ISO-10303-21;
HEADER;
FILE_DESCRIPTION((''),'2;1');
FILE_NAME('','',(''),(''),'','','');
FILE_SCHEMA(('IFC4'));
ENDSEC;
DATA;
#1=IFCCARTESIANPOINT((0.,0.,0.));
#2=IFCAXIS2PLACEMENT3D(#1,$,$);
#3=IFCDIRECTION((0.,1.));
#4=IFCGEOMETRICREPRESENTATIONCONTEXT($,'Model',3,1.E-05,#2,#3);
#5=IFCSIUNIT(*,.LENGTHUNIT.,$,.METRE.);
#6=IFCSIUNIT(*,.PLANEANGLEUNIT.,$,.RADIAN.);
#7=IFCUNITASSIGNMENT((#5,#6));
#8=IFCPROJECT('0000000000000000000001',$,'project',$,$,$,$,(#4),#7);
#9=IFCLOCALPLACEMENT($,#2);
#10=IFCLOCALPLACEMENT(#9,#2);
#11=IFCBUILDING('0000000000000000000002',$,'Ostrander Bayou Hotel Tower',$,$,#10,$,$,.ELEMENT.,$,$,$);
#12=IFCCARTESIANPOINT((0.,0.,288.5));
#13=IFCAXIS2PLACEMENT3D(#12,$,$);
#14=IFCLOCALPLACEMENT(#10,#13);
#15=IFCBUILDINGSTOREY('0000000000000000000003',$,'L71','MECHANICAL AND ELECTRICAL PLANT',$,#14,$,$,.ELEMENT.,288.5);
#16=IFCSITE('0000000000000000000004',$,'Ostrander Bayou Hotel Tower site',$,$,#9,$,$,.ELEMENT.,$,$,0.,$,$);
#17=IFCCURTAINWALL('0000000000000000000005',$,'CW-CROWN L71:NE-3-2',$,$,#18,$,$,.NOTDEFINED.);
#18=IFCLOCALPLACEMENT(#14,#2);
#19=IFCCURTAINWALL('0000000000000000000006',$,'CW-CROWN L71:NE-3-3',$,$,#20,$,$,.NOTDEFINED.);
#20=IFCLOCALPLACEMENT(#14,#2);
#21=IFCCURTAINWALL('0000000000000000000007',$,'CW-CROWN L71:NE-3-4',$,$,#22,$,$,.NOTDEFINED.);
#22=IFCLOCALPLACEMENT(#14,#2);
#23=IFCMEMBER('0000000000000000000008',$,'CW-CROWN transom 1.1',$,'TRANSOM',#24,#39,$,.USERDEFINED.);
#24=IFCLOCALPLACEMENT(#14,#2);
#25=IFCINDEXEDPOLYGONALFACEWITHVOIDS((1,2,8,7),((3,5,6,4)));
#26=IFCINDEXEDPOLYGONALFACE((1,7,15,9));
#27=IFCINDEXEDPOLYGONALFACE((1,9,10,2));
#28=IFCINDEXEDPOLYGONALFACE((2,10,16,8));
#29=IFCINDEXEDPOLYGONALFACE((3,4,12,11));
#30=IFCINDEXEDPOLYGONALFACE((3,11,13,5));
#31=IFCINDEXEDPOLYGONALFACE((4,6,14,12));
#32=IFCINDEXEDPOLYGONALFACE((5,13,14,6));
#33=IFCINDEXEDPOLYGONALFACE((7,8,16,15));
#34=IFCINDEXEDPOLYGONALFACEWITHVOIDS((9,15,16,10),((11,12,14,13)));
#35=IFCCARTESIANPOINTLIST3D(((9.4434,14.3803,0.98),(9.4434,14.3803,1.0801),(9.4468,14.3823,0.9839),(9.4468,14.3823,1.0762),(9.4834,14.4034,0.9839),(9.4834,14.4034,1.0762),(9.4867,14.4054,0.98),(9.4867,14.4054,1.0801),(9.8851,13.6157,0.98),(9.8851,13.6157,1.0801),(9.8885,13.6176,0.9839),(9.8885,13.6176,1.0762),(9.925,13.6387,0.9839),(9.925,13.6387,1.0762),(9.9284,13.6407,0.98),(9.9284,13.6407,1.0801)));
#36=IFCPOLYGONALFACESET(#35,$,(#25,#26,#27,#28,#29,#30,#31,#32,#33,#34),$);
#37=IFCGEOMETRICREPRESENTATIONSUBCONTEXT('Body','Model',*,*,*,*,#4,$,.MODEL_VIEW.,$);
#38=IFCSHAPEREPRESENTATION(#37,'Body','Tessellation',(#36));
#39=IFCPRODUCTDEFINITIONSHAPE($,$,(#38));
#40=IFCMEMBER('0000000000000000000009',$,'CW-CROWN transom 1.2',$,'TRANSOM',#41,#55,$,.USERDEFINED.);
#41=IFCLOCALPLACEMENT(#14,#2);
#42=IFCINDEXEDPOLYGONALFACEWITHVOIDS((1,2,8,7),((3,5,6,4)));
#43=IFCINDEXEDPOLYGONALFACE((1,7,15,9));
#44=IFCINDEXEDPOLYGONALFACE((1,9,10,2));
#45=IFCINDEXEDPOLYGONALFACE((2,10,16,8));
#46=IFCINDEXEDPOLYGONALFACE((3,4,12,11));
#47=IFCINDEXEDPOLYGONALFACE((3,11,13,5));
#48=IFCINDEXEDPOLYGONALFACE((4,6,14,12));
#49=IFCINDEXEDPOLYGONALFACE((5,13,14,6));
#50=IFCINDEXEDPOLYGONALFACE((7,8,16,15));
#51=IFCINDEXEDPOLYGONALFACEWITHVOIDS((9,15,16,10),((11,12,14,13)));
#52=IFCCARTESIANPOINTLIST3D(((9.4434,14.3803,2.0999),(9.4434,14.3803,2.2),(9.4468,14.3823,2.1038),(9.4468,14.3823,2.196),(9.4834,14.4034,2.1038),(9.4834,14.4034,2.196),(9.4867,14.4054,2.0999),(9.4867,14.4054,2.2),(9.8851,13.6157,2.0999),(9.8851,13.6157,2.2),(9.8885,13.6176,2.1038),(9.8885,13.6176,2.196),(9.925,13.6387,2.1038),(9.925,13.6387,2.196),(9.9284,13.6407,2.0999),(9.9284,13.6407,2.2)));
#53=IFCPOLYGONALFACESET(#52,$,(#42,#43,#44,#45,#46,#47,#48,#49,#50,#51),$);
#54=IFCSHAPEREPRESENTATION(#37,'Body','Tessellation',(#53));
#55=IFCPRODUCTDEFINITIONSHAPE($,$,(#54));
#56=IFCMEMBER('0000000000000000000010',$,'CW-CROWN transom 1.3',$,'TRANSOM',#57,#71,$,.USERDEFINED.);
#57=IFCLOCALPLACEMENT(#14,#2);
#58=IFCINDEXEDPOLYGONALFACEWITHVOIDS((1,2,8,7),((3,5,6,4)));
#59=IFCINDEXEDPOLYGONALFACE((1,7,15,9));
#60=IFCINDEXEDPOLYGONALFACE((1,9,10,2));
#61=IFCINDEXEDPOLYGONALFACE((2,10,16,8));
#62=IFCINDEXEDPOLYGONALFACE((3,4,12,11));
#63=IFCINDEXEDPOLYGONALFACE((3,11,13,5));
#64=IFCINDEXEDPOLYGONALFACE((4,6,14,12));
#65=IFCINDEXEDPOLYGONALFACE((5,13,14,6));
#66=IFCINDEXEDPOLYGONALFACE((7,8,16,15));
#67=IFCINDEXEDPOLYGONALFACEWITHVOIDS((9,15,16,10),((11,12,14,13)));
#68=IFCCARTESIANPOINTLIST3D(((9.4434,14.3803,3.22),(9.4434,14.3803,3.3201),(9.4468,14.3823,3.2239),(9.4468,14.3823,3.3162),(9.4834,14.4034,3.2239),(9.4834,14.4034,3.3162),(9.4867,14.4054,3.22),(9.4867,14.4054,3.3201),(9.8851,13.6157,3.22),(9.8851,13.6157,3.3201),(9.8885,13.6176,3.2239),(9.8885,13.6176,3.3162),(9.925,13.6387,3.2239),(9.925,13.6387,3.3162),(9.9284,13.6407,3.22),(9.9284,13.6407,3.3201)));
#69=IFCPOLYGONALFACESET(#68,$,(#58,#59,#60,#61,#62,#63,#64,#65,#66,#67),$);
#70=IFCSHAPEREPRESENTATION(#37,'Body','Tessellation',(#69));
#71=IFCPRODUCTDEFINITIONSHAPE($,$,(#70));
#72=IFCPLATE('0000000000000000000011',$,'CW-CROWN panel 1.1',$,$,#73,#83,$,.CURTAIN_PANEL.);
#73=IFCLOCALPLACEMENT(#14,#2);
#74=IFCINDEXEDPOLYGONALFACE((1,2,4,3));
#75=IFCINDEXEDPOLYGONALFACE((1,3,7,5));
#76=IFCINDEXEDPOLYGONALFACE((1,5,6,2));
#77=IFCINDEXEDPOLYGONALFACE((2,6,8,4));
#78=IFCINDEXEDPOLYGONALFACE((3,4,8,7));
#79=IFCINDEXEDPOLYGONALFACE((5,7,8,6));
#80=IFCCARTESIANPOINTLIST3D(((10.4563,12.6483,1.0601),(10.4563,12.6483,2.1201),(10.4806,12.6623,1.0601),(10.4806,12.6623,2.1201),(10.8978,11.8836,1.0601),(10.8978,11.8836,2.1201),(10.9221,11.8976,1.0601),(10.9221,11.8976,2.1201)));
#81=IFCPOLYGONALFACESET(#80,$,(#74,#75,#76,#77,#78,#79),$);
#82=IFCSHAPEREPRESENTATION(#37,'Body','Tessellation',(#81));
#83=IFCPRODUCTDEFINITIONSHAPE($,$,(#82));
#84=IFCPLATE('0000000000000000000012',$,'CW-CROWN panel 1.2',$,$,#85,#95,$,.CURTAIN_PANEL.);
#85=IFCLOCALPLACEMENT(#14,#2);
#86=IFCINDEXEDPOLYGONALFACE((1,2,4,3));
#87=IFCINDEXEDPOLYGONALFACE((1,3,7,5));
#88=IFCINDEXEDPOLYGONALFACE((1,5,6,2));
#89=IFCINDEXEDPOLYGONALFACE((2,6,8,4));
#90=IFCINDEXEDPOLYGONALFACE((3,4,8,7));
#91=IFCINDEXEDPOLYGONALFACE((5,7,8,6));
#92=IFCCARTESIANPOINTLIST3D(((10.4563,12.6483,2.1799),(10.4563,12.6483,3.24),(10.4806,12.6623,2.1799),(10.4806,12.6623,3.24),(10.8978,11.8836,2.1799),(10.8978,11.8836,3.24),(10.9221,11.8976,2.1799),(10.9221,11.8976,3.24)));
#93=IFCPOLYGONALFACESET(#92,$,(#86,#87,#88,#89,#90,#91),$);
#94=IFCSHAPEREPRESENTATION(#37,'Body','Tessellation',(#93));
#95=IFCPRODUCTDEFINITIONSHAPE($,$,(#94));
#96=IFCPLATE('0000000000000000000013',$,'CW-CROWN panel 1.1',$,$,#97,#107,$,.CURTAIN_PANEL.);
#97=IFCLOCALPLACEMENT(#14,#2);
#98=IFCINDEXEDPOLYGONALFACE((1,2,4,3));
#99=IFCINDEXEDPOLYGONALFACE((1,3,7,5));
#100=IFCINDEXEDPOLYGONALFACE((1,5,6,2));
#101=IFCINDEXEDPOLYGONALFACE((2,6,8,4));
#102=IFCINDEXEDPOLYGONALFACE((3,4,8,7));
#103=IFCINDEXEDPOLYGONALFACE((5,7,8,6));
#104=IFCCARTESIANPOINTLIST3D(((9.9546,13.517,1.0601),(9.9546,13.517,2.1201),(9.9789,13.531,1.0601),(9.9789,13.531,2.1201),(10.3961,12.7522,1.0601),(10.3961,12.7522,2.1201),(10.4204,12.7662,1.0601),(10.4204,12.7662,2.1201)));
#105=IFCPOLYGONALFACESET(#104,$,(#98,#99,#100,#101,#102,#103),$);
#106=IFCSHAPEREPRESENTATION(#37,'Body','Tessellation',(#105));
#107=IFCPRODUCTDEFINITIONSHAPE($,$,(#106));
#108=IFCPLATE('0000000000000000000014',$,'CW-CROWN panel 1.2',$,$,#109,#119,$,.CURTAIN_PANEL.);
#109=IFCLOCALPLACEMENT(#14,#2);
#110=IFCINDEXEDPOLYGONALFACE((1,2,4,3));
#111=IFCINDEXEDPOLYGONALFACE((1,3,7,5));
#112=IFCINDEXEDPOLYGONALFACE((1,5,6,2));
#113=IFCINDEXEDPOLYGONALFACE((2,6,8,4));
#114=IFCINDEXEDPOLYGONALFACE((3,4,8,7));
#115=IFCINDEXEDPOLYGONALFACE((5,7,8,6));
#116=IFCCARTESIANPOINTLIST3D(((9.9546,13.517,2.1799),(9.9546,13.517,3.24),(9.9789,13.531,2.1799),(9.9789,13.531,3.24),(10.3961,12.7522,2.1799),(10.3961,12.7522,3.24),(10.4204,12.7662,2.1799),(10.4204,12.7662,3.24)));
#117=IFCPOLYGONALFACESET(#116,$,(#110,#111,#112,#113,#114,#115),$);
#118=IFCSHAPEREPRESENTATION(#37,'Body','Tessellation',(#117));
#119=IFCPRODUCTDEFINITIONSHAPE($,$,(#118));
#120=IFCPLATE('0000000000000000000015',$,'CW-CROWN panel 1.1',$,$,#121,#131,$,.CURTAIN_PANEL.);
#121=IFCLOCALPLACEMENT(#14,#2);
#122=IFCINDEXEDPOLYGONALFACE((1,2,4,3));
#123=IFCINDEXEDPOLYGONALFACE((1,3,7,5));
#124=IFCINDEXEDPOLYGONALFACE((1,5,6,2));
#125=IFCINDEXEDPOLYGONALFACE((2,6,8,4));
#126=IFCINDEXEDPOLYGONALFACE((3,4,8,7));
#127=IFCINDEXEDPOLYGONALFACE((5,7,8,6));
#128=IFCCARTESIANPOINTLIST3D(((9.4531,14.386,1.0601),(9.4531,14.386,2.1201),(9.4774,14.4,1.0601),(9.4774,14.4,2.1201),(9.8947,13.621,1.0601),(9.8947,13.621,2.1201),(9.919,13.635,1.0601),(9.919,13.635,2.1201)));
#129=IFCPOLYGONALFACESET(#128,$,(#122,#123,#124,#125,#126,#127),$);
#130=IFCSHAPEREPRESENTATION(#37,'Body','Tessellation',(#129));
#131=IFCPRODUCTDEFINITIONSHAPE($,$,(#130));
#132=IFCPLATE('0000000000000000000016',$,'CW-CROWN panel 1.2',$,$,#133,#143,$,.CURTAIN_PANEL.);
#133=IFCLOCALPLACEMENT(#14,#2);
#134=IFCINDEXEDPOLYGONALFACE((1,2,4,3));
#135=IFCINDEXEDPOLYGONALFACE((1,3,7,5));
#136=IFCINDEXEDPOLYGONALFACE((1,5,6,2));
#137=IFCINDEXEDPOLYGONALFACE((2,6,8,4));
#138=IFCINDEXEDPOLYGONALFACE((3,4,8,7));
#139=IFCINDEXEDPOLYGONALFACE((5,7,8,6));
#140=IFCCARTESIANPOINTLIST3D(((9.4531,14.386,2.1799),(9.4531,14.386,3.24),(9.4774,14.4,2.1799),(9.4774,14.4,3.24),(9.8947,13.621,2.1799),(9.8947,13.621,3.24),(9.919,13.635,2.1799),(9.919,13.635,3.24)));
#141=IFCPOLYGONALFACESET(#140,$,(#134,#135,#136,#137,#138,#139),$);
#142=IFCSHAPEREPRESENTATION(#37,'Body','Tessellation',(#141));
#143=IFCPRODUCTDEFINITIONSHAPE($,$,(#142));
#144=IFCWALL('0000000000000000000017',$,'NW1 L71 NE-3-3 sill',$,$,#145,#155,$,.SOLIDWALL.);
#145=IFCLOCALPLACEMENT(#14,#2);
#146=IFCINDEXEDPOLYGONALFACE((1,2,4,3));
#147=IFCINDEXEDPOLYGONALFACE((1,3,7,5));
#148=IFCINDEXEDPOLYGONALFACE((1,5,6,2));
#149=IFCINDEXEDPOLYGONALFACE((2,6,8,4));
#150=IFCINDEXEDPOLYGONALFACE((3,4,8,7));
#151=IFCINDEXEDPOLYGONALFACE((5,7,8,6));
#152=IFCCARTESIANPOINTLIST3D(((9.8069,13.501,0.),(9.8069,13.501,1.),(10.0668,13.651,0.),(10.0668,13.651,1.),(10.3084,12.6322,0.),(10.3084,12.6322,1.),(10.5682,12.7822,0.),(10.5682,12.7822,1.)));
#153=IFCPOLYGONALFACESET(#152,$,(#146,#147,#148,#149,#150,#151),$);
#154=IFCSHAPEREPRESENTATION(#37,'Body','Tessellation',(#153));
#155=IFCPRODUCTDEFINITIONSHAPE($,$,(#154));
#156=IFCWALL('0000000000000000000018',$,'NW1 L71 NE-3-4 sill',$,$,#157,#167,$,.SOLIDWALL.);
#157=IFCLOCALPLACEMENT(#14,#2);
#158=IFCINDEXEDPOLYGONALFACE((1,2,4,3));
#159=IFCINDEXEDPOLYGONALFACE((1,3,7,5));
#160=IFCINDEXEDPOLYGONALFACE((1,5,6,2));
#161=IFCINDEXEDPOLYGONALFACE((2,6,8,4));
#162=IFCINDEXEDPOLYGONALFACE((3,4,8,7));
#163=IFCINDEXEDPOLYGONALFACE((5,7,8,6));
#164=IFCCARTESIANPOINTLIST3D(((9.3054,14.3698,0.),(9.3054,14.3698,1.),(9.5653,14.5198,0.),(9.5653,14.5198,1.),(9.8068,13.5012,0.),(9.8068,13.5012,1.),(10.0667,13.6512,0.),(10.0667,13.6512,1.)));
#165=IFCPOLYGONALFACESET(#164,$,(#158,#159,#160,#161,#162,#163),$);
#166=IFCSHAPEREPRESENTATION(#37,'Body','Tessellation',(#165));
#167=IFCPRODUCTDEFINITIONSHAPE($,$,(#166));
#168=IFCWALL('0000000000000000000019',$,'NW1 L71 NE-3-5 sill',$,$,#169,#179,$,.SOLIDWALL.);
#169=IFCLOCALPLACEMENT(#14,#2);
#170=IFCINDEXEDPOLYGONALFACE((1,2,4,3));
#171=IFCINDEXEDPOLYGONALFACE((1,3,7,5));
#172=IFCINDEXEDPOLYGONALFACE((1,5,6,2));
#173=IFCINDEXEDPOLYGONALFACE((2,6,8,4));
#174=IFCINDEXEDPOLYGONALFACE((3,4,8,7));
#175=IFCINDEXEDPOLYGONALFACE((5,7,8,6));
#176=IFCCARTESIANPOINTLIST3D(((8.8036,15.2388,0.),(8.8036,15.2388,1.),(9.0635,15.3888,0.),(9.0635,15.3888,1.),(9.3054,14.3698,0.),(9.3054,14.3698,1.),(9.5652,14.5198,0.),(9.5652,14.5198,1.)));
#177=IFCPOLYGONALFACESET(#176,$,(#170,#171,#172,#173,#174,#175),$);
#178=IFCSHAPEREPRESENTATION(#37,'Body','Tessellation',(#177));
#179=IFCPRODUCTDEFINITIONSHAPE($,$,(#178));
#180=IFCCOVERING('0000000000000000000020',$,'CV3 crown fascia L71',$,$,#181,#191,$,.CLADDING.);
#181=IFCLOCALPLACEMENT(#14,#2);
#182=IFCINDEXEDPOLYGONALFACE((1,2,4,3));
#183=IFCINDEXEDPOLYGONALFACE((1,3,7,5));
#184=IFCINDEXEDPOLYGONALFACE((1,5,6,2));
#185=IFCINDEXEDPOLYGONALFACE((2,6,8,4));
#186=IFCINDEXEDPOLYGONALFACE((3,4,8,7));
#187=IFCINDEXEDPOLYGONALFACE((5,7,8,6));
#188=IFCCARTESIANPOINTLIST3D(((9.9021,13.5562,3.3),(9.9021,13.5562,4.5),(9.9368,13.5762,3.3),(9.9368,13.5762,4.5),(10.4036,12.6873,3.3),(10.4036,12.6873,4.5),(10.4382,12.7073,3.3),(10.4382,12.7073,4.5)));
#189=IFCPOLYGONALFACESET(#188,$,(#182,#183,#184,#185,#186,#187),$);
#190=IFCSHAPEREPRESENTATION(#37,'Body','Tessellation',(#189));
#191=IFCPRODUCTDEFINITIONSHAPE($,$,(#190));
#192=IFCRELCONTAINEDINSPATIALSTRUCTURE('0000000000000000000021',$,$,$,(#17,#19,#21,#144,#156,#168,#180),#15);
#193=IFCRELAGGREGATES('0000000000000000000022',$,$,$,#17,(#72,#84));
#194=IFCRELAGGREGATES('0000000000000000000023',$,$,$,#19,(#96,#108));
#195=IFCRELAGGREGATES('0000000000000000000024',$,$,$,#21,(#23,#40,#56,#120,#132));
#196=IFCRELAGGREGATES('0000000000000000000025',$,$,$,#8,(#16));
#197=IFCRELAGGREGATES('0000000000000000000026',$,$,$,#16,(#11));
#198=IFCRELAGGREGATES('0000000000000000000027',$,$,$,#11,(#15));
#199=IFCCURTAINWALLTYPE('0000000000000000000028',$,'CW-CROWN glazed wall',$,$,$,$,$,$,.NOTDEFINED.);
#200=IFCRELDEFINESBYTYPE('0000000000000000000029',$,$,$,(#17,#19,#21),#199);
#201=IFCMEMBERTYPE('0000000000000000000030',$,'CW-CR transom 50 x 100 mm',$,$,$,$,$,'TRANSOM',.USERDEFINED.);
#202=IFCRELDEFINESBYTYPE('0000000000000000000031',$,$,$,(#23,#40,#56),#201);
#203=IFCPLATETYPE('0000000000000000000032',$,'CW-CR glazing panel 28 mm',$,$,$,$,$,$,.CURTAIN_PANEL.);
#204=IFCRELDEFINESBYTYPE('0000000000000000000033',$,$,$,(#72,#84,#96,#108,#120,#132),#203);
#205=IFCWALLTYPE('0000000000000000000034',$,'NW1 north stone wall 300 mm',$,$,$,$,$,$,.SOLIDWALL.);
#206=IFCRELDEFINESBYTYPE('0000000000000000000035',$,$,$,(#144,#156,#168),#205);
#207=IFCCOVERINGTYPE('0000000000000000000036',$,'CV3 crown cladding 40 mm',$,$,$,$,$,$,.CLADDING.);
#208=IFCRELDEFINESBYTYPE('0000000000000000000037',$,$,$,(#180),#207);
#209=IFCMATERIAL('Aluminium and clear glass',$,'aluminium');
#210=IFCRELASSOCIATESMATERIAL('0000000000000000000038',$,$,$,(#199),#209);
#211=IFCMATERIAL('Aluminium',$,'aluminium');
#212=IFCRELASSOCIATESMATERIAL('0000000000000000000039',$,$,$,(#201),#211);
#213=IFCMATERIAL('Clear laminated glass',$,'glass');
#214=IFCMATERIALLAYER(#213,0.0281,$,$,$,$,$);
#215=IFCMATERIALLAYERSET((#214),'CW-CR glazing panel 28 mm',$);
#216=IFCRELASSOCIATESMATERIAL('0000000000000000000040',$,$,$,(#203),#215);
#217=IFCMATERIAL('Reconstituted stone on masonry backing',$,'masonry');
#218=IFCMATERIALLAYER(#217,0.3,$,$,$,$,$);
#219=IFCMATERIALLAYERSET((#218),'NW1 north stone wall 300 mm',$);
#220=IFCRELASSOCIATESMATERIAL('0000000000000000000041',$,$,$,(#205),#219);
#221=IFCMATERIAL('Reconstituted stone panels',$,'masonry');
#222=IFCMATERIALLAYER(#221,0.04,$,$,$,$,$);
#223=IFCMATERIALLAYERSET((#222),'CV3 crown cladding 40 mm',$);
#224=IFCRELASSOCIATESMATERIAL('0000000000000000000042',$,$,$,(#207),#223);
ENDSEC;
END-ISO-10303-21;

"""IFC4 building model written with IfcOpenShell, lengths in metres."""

from ifc_helpers import new_model, si_unit, direction, frame, frame_2d, origin, origin_2d, place, context, subcontext, project, spatial, polyline, rectangle, hollow_rectangle, outline, extrude, material, layer, layer_set, material_profile, profile_set, type_object, element, aggregate, save


model = new_model("IFC4")

# Units and contexts
model_context = context("Model", 3, precision=1e-05, world=origin(), true_north=direction((0.0, 1.0)))
body_context = subcontext(model_context, "Body", "Model", "MODEL_VIEW")
ifc_project = project(units=[si_unit("LENGTHUNIT", "METRE"), si_unit("PLANEANGLEUNIT", "RADIAN")], contexts=[model_context])

# Site, building, storey
site_placement = place(None, origin())
site = spatial("IfcSite", under=ifc_project, at=site_placement, Name="Ostrander Bayou Hotel Tower site", CompositionType="ELEMENT", RefElevation=0.0)
building_placement = place(site_placement, origin())
building = spatial("IfcBuilding", under=site, at=building_placement, Name="Ostrander Bayou Hotel Tower", CompositionType="ELEMENT")
storey_placement = place(building_placement, frame((0.0, 0.0, 288.5)))
storey = spatial("IfcBuildingStorey", under=building, at=storey_placement, Name="L71", Description="MECHANICAL AND ELECTRICAL PLANT", CompositionType="ELEMENT", Elevation=288.5)

# Curtain wall
ifc_material_1 = material(Name="Aluminium and clear glass", Category="aluminium")
curtain_wall_type = type_object("IfcCurtainWallType", Name="CW-CROWN glazed wall", PredefinedType="NOTDEFINED", material=ifc_material_1)
curtain_wall_1_placement = place(storey_placement, origin())
curtain_wall_1 = element("IfcCurtainWall", 1, at=curtain_wall_1_placement, inside=storey, type_object=curtain_wall_type, Name="CW-CROWN L71:NE-3-2", PredefinedType="NOTDEFINED")

# Curtain walls
curtain_wall_2_placement = place(storey_placement, origin())
curtain_wall_2 = element("IfcCurtainWall", 2, at=curtain_wall_2_placement, inside=storey, type_object=curtain_wall_type, Name="CW-CROWN L71:NE-3-3", PredefinedType="NOTDEFINED")
curtain_wall_3_placement = place(storey_placement, origin())
curtain_wall_3 = element("IfcCurtainWall", 3, at=curtain_wall_3_placement, inside=storey, type_object=curtain_wall_type, Name="CW-CROWN L71:NE-3-4", PredefinedType="NOTDEFINED")

# Members
ifc_material_2 = material(Name="Aluminium", Category="aluminium")
ifc_material_profile_1 = material_profile(ifc_material_2, hollow_rectangle(XDim=0.05, YDim=0.1001, WallThickness=0.0039, at=origin_2d()))
ifc_profile_set_1 = profile_set([ifc_material_profile_1], Name="Aluminium")
member_type_1 = type_object("IfcMemberType", Name="CW-CR transom 50 x 100 mm", ElementType="TRANSOM", PredefinedType="USERDEFINED", material=ifc_profile_set_1)
member_1_placement = place(storey_placement, frame((9.9067, 13.6282, 1.03), z_axis=(-0.500153, 0.865937, 0.0), x_axis=(-0.865937, -0.500153, 0.0)))
member_1 = element("IfcMember", 4, at=member_1_placement, type_object=member_type_1, Name="CW-CROWN transom 1.1", ObjectType="TRANSOM", PredefinedType="USERDEFINED", context=body_context, shape_type="SweptSolid", body=[
    extrude(hollow_rectangle(XDim=0.05, YDim=0.1001, WallThickness=0.0039, at=origin_2d()), origin(), (0.0, 0.0, 1.0), 0.8831),
])
member_2_placement = place(storey_placement, frame((9.9067, 13.6282, 2.1499), z_axis=(-0.500153, 0.865937, 0.0), x_axis=(-0.865937, -0.500153, 0.0)))
member_2 = element("IfcMember", 5, at=member_2_placement, type_object=member_type_1, Name="CW-CROWN transom 1.2", ObjectType="TRANSOM", PredefinedType="USERDEFINED", context=body_context, shape_type="SweptSolid", body=[
    extrude(hollow_rectangle(XDim=0.05, YDim=0.1001, WallThickness=0.0039, at=origin_2d()), origin(), (0.0, 0.0, 1.0), 0.8831),
])
member_3_placement = place(storey_placement, frame((9.9067, 13.6282, 3.27), z_axis=(-0.500153, 0.865937, 0.0), x_axis=(-0.865937, -0.500153, 0.0)))
member_3 = element("IfcMember", 6, at=member_3_placement, type_object=member_type_1, Name="CW-CROWN transom 1.3", ObjectType="TRANSOM", PredefinedType="USERDEFINED", context=body_context, shape_type="SweptSolid", body=[
    extrude(hollow_rectangle(XDim=0.05, YDim=0.1001, WallThickness=0.0039, at=origin_2d()), origin(), (0.0, 0.0, 1.0), 0.8831),
])

# Plates
ifc_material_3 = material(Name="Clear laminated glass", Category="glass")
ifc_layer_1 = layer(ifc_material_3, 0.0281)
ifc_layer_set_1 = layer_set([ifc_layer_1], Name="CW-CR glazing panel 28 mm")
plate_type = type_object("IfcPlateType", Name="CW-CR glazing panel 28 mm", PredefinedType="CURTAIN_PANEL", material=ifc_layer_set_1)
plate_1_placement = place(storey_placement, frame((10.6892, 12.2729, 1.0601), z_axis=(0.0, 0.0, 1.0), x_axis=(-0.500042, 0.866001, 0.0)))
plate_1 = element("IfcPlate", 7, at=plate_1_placement, type_object=plate_type, Name="CW-CROWN panel 1.1", PredefinedType="CURTAIN_PANEL", context=body_context, shape_type="SweptSolid", body=[
    extrude(rectangle(XDim=0.8831, YDim=0.0281, at=origin_2d()), origin(), (0.0, 0.0, 1.0), 1.0601),
])
plate_2_placement = place(storey_placement, frame((10.6892, 12.2729, 2.1799), z_axis=(0.0, 0.0, 1.0), x_axis=(-0.500042, 0.866001, 0.0)))
plate_2 = element("IfcPlate", 8, at=plate_2_placement, type_object=plate_type, Name="CW-CROWN panel 1.2", PredefinedType="CURTAIN_PANEL", context=body_context, shape_type="SweptSolid", body=[
    extrude(rectangle(XDim=0.8831, YDim=0.0281, at=origin_2d()), origin(), (0.0, 0.0, 1.0), 1.0601),
])
aggregate(curtain_wall_1, [plate_1, plate_2])
plate_3_placement = place(storey_placement, frame((10.1875, 13.1416, 1.0601), z_axis=(0.0, 0.0, 1.0), x_axis=(-0.499924, 0.866069, 0.0)))
plate_3 = element("IfcPlate", 9, at=plate_3_placement, type_object=plate_type, Name="CW-CROWN panel 1.1", PredefinedType="CURTAIN_PANEL", context=body_context, shape_type="SweptSolid", body=[
    extrude(rectangle(XDim=0.8831, YDim=0.0281, at=origin_2d()), origin(), (0.0, 0.0, 1.0), 1.0601),
])
plate_4_placement = place(storey_placement, frame((10.1875, 13.1416, 2.1799), z_axis=(0.0, 0.0, 1.0), x_axis=(-0.499924, 0.866069, 0.0)))
plate_4 = element("IfcPlate", 10, at=plate_4_placement, type_object=plate_type, Name="CW-CROWN panel 1.2", PredefinedType="CURTAIN_PANEL", context=body_context, shape_type="SweptSolid", body=[
    extrude(rectangle(XDim=0.8831, YDim=0.0281, at=origin_2d()), origin(), (0.0, 0.0, 1.0), 1.0601),
])
aggregate(curtain_wall_2, [plate_3, plate_4])
plate_5_placement = place(storey_placement, frame((9.686, 14.0105, 1.0601), z_axis=(0.0, 0.0, 1.0), x_axis=(-0.499999, 0.866026, 0.0)))
plate_5 = element("IfcPlate", 11, at=plate_5_placement, type_object=plate_type, Name="CW-CROWN panel 1.1", PredefinedType="CURTAIN_PANEL", context=body_context, shape_type="SweptSolid", body=[
    extrude(rectangle(XDim=0.8833, YDim=0.0281, at=origin_2d()), origin(), (0.0, 0.0, 1.0), 1.0601),
])
plate_6_placement = place(storey_placement, frame((9.686, 14.0105, 2.1799), z_axis=(0.0, 0.0, 1.0), x_axis=(-0.499999, 0.866026, 0.0)))
plate_6 = element("IfcPlate", 12, at=plate_6_placement, type_object=plate_type, Name="CW-CROWN panel 1.2", PredefinedType="CURTAIN_PANEL", context=body_context, shape_type="SweptSolid", body=[
    extrude(rectangle(XDim=0.8833, YDim=0.0281, at=origin_2d()), origin(), (0.0, 0.0, 1.0), 1.0601),
])
aggregate(curtain_wall_3, [member_1, member_2, member_3, plate_5, plate_6])

# Walls
ifc_material_4 = material(Name="Reconstituted stone on masonry backing", Category="masonry")
ifc_layer_2 = layer(ifc_material_4, 0.3)
ifc_layer_set_2 = layer_set([ifc_layer_2], Name="NW1 north stone wall 300 mm")
wall_type = type_object("IfcWallType", Name="NW1 north stone wall 300 mm", PredefinedType="SOLIDWALL", material=ifc_layer_set_2)
wall_1_placement = place(storey_placement, frame((10.4382, 12.7073, 0.0), z_axis=(0.0, 0.0, 1.0), x_axis=(-0.499856, 0.866109, 0.0)))
element("IfcWall", 13, at=wall_1_placement, inside=storey, type_object=wall_type, Name="NW1 L71 NE-3-3 sill", PredefinedType="SOLIDWALL", context=body_context, shape_type="SweptSolid", body=[
    extrude(rectangle(XDim=1.0032, YDim=0.3, at=frame_2d((0.5015, 0.0))), origin(), (0.0, 0.0, 1.0), 1.0),
])
wall_2_placement = place(storey_placement, frame((9.9368, 13.5762, 0.0), z_axis=(0.0, 0.0, 1.0), x_axis=(-0.499961, 0.866048, 0.0)))
element("IfcWall", 14, at=wall_2_placement, inside=storey, type_object=wall_type, Name="NW1 L71 NE-3-4 sill", PredefinedType="SOLIDWALL", context=body_context, shape_type="SweptSolid", body=[
    extrude(rectangle(XDim=1.0029, YDim=0.3, at=frame_2d((0.5015, 0.0))), origin(), (0.0, 0.0, 1.0), 1.0),
])
wall_3_placement = place(storey_placement, frame((9.4353, 14.4448, 0.0), z_axis=(0.0, 0.0, 1.0), x_axis=(-0.500038, 0.866003, 0.0)))
element("IfcWall", 15, at=wall_3_placement, inside=storey, type_object=wall_type, Name="NW1 L71 NE-3-5 sill", PredefinedType="SOLIDWALL", context=body_context, shape_type="SweptSolid", body=[
    extrude(rectangle(XDim=1.0034, YDim=0.3, at=frame_2d((0.5017, 0.0))), origin(), (0.0, 0.0, 1.0), 1.0),
])

# Covering
ifc_material_5 = material(Name="Reconstituted stone panels", Category="masonry")
ifc_layer_3 = layer(ifc_material_5, 0.04)
ifc_layer_set_3 = layer_set([ifc_layer_3], Name="CV3 crown cladding 40 mm")
covering_type = type_object("IfcCoveringType", Name="CV3 crown cladding 40 mm", PredefinedType="CLADDING", material=ifc_layer_set_3)
covering_1_placement = place(storey_placement, frame((10.4382, 12.7073, 3.3), z_axis=(0.866109, 0.499856, 0.0), x_axis=(-0.499856, 0.866109, 0.0)))
element("IfcCovering", 16, at=covering_1_placement, inside=storey, type_object=covering_type, Name="CV3 crown fascia L71", PredefinedType="CLADDING", context=body_context, shape_type="SweptSolid", body=[
    extrude(outline(polyline([(0.0, 0.0), (1.0032, 0.0), (1.0032, 1.2), (0.0, 1.2), (0.0, 0.0)])), origin(), (0.0, 0.0, -1.0), 0.04),
])

save(model, "model.ifc")
